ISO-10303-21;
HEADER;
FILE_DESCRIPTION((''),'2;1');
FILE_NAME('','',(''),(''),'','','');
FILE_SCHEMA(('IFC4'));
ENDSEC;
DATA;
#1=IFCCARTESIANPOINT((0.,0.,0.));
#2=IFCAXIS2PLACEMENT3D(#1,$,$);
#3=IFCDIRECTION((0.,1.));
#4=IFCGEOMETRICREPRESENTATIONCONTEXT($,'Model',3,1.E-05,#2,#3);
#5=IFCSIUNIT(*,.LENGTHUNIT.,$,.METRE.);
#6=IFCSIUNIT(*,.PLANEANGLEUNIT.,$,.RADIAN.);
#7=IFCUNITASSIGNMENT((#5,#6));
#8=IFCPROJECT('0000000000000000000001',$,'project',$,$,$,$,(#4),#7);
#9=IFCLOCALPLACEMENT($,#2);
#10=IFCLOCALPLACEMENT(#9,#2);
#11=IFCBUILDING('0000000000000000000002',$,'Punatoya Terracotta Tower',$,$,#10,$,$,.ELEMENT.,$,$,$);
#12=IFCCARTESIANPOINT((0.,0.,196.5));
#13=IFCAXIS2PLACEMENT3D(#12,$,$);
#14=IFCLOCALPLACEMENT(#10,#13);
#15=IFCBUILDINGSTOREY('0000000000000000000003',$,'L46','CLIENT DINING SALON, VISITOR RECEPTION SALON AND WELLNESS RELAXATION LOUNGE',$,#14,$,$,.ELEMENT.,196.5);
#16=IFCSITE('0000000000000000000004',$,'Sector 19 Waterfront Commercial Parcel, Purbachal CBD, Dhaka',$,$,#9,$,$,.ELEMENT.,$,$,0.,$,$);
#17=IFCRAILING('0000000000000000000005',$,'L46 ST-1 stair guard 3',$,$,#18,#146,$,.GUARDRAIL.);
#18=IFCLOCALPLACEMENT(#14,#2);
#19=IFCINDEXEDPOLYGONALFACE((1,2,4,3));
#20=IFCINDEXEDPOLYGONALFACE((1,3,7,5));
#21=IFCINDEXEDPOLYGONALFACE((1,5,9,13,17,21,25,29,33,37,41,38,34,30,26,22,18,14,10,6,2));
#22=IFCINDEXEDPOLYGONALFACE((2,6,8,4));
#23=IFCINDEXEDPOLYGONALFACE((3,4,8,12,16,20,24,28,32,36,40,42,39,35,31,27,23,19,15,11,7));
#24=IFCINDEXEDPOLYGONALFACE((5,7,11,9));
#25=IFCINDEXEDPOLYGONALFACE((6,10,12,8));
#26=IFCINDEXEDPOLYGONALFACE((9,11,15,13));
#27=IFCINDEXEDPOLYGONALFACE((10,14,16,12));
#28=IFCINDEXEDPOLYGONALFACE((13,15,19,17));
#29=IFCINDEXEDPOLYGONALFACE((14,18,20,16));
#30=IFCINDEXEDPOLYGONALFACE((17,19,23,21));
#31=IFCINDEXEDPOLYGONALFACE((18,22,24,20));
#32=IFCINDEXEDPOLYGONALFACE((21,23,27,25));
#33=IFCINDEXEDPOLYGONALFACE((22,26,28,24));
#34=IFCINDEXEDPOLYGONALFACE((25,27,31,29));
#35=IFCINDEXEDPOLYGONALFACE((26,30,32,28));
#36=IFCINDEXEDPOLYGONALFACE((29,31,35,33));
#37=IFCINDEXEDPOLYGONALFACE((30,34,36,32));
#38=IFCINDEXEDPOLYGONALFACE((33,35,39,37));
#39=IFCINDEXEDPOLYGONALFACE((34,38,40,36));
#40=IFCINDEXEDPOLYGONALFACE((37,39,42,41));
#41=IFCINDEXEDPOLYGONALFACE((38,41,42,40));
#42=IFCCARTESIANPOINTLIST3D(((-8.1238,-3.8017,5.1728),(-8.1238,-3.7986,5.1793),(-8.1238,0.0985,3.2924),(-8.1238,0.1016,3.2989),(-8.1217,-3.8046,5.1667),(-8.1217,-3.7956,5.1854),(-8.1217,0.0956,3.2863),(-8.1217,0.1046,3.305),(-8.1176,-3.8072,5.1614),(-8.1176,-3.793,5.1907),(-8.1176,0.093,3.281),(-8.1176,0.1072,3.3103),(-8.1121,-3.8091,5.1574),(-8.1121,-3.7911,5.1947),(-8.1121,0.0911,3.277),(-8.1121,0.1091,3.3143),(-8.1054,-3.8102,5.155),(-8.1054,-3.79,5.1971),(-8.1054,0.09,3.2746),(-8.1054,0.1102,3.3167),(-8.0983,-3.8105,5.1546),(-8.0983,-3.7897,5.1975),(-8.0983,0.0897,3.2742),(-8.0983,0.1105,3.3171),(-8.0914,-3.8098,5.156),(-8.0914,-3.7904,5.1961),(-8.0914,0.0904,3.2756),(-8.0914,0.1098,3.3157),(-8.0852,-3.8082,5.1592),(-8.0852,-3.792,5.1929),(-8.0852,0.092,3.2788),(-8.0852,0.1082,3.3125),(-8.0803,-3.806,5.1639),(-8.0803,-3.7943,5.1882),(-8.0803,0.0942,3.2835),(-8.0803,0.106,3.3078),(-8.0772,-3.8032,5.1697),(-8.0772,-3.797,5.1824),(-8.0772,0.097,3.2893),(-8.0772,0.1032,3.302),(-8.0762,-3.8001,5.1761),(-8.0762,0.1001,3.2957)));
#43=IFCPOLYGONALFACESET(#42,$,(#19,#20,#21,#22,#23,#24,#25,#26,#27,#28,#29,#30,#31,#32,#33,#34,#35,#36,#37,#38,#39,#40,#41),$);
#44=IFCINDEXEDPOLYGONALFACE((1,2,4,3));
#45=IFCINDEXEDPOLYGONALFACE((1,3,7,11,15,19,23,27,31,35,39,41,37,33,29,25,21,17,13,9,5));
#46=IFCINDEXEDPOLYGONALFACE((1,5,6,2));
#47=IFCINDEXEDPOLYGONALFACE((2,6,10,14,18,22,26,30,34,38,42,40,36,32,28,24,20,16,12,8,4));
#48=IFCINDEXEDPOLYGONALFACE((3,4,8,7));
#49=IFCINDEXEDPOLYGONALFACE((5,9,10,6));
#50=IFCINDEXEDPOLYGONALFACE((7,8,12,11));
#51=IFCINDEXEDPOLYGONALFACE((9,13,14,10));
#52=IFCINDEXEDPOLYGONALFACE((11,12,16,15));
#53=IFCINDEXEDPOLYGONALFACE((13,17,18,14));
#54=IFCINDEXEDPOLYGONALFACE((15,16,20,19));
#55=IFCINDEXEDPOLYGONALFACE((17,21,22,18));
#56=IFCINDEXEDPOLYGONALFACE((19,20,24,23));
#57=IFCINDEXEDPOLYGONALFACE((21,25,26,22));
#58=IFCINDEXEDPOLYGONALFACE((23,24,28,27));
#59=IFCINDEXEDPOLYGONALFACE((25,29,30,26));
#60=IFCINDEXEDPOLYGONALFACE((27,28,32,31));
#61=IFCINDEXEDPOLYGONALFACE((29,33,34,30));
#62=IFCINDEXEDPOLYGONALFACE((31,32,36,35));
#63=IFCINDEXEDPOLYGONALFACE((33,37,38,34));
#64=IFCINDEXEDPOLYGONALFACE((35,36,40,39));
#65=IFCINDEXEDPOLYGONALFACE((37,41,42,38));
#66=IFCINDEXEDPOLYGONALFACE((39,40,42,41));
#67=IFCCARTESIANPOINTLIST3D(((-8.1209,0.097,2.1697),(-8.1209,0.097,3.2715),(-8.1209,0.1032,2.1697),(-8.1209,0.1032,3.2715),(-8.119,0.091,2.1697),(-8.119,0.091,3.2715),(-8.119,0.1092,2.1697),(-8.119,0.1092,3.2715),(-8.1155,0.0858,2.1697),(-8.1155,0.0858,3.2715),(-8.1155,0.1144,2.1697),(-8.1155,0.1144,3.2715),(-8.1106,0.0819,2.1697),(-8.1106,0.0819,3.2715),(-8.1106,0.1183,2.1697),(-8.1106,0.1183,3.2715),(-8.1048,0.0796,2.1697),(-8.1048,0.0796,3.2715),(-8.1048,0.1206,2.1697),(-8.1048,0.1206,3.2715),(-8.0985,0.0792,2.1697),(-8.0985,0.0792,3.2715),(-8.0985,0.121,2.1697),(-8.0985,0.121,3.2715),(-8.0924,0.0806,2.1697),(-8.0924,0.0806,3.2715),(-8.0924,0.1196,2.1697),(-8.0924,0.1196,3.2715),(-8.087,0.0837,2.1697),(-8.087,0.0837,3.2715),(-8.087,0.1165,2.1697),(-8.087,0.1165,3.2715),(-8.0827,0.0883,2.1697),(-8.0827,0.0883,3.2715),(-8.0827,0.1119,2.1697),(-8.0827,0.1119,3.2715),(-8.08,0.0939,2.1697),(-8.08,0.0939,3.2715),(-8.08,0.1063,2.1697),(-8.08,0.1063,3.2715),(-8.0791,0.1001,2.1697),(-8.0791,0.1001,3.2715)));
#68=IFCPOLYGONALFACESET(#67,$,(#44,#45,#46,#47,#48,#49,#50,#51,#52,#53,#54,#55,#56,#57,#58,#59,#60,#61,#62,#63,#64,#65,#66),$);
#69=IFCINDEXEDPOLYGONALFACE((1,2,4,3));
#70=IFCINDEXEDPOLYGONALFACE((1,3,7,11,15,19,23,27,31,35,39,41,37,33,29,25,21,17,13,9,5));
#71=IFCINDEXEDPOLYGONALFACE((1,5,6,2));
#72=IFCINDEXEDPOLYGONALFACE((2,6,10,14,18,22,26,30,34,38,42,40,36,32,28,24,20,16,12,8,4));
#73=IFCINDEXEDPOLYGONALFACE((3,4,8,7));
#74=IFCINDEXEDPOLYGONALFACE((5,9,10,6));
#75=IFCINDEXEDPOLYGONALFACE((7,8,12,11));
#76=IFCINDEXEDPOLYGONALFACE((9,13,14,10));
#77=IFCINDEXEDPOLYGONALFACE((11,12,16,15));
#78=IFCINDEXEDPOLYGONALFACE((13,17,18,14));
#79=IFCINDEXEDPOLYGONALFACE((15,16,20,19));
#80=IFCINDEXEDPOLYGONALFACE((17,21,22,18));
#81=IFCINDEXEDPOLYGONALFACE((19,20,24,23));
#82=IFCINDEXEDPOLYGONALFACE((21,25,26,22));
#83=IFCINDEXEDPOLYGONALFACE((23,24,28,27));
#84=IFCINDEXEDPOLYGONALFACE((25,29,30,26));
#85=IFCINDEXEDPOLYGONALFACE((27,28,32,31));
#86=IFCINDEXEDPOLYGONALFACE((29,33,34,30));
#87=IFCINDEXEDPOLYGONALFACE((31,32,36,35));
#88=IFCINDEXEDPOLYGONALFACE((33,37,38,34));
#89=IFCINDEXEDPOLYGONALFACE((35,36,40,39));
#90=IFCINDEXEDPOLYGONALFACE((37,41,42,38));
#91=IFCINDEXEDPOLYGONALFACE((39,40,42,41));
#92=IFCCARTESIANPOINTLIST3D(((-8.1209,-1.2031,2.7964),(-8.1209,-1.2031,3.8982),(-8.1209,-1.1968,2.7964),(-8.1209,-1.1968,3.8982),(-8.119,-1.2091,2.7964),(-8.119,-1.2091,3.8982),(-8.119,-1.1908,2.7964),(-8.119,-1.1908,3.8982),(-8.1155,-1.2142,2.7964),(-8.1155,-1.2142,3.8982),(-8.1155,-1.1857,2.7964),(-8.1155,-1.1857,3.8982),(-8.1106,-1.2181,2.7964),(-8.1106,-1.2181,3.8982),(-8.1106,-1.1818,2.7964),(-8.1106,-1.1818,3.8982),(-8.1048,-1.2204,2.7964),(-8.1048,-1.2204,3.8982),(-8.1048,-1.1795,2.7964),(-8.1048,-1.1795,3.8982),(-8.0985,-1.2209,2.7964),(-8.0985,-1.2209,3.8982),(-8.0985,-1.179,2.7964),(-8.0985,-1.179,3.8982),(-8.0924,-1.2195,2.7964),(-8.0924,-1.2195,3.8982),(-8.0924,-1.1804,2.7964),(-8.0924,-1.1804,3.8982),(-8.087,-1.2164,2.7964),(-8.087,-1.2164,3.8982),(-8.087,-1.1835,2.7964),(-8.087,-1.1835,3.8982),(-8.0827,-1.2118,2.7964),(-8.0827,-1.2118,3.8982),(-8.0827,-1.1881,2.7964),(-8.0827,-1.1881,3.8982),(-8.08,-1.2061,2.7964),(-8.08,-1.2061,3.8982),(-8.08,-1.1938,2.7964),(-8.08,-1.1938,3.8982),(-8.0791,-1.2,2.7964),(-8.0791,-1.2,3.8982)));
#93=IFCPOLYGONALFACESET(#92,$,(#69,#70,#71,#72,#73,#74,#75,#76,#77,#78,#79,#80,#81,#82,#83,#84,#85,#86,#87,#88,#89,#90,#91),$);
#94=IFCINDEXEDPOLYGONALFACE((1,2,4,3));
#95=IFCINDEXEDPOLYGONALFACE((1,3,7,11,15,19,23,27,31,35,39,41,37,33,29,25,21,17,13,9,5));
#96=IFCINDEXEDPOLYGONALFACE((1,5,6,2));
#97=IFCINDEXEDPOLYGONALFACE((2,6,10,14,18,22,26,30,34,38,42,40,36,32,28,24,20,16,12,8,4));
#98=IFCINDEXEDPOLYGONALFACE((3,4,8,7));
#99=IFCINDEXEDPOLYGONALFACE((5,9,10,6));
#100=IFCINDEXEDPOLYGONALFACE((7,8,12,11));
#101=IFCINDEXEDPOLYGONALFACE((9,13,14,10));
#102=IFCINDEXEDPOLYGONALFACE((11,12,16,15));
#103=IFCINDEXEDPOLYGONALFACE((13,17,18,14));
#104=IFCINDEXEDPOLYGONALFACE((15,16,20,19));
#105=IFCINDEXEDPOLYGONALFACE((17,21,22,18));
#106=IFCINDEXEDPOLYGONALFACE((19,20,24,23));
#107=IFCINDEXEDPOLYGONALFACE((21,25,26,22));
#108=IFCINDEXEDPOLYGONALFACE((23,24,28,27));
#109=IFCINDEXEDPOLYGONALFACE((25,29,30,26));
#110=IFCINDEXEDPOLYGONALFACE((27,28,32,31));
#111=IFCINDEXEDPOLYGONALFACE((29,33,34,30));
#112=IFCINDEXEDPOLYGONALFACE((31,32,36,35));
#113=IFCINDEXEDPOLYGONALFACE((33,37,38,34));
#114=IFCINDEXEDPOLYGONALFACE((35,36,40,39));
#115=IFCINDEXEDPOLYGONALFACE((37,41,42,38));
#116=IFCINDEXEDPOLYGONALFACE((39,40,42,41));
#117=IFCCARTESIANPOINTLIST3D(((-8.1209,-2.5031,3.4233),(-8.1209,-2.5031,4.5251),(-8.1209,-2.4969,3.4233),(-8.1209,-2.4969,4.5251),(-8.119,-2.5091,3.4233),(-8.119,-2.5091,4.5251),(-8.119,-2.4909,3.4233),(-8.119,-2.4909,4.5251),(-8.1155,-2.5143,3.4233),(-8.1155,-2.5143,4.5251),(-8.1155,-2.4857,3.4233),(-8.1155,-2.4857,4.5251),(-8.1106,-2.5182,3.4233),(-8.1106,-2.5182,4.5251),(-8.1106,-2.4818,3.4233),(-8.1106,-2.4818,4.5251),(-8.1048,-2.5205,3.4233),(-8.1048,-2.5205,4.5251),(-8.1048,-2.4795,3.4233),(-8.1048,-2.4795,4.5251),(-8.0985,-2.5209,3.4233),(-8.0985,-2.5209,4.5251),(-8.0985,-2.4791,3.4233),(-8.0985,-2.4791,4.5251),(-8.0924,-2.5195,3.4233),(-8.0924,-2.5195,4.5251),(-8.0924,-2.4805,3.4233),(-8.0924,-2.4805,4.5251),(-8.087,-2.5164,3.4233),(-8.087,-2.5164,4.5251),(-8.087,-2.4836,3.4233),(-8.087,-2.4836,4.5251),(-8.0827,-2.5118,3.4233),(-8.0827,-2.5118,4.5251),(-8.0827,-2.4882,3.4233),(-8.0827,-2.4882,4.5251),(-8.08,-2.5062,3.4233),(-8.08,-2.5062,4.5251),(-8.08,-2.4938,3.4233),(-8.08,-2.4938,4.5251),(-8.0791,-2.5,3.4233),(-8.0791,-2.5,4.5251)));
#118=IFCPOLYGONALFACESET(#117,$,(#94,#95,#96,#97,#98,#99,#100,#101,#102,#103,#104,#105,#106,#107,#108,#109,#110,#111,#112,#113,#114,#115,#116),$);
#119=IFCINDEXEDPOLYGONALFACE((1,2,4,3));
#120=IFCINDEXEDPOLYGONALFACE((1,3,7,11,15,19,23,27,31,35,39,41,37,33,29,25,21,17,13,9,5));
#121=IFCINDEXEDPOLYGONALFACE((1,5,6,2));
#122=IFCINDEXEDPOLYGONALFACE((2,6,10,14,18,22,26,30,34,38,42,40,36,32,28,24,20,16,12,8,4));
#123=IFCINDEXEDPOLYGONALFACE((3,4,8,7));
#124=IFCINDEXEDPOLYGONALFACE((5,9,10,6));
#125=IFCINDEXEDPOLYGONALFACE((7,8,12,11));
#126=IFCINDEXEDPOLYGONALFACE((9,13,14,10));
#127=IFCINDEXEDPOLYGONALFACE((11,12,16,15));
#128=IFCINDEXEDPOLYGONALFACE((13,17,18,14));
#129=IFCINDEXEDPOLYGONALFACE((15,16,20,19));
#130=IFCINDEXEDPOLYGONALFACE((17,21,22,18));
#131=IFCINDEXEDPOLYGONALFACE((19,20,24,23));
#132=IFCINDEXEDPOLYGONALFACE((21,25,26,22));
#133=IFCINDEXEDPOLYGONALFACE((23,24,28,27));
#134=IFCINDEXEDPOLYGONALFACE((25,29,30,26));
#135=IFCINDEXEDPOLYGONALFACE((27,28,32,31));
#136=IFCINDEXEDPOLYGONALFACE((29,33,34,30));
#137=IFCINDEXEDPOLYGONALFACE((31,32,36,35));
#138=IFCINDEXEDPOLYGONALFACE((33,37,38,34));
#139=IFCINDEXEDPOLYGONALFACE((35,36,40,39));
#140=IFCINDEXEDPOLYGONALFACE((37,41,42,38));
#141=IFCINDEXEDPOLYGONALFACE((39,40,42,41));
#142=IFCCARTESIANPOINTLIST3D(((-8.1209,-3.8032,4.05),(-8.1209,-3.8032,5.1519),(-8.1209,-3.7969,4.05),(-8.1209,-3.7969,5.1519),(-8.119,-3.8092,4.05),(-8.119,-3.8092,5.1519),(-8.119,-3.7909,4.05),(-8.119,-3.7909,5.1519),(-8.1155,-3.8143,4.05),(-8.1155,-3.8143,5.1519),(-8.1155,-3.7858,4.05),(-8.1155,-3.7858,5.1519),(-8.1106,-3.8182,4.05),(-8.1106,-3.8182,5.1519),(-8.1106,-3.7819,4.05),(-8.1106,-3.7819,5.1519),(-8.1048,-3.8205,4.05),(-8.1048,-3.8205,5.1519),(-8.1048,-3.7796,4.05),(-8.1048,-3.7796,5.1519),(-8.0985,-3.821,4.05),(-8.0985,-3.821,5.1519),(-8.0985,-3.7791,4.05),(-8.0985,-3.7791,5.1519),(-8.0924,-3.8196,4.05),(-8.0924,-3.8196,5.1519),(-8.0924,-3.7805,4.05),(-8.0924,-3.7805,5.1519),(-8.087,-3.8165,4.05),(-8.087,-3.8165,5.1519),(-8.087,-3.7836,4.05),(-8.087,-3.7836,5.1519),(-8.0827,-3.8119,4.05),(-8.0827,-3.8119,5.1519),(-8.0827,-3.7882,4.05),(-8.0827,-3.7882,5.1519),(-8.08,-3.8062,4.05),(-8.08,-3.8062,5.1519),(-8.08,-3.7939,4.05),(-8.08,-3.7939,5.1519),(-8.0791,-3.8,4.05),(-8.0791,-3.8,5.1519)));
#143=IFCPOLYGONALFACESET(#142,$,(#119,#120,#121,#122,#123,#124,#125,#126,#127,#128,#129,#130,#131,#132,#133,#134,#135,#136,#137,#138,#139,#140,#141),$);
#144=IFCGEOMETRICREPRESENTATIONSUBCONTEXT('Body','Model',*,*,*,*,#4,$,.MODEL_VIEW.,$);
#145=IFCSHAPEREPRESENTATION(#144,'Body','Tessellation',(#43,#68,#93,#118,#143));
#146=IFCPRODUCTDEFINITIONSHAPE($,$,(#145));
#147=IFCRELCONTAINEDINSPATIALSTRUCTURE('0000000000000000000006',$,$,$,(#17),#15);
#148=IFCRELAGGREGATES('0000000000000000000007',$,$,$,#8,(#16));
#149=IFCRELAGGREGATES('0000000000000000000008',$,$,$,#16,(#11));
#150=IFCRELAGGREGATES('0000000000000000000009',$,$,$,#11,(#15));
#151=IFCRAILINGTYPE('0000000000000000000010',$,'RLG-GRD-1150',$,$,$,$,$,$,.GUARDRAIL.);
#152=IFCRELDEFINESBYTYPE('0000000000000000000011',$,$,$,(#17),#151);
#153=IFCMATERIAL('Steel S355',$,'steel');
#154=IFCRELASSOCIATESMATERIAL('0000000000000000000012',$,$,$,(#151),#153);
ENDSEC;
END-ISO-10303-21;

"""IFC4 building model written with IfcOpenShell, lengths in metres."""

from ifc_helpers import new_model, si_unit, direction, frame, origin, origin_2d, place, context, subcontext, project, spatial, circle, extrude, material, type_object, element, save


model = new_model("IFC4")

# Units and contexts
model_context = context("Model", 3, precision=1e-05, world=origin(), true_north=direction((0.0, 1.0)))
body_context = subcontext(model_context, "Body", "Model", "MODEL_VIEW")
ifc_project = project(units=[si_unit("LENGTHUNIT", "METRE"), si_unit("PLANEANGLEUNIT", "RADIAN")], contexts=[model_context])

# Site, building, storey
site_placement = place(None, origin())
site = spatial("IfcSite", under=ifc_project, at=site_placement, Name="Sector 19 Waterfront Commercial Parcel, Purbachal CBD, Dhaka", CompositionType="ELEMENT", RefElevation=0.0)
building_placement = place(site_placement, origin())
building = spatial("IfcBuilding", under=site, at=building_placement, Name="Punatoya Terracotta Tower", CompositionType="ELEMENT")
storey_placement = place(building_placement, frame((0.0, 0.0, 196.5)))
storey = spatial("IfcBuildingStorey", under=building, at=storey_placement, Name="L46", Description="CLIENT DINING SALON, VISITOR RECEPTION SALON AND WELLNESS RELAXATION LOUNGE", CompositionType="ELEMENT", Elevation=196.5)

# Shared definitions
ifc_material_1 = material(Name="Steel S355", Category="steel")

# Railing
railing_type_1 = type_object("IfcRailingType", Name="RLG-GRD-1150", PredefinedType="GUARDRAIL", material=ifc_material_1)
railing_1_placement = place(storey_placement, frame((-8.1001, 0.1001, 2.1697)))
element("IfcRailing", 1, at=railing_1_placement, inside=storey, type_object=railing_type_1, Name="L46 ST-1 stair guard 3", PredefinedType="GUARDRAIL", context=body_context, shape_type="SweptSolid", body=[
    extrude(circle(Radius=0.0239, at=origin_2d()), frame((0.0, 0.0, 1.126), z_axis=(0.0, -0.900774, 0.434289), x_axis=(1.0, 0.0, 0.0)), (0.0, 0.0, 1.0), 4.3298),
    extrude(circle(Radius=0.021, at=origin_2d()), origin(), (0.0, 0.0, 1.0), 1.1018),
    extrude(circle(Radius=0.021, at=origin_2d()), frame((0.0, -1.3, 0.6267)), (0.0, 0.0, 1.0), 1.1018),
    extrude(circle(Radius=0.021, at=origin_2d()), frame((0.0, -2.6001, 1.2537)), (0.0, 0.0, 1.0), 1.1018),
    extrude(circle(Radius=0.021, at=origin_2d()), frame((0.0, -3.9001, 1.8804)), (0.0, 0.0, 1.0), 1.1018),
])

save(model, "model.ifc")
